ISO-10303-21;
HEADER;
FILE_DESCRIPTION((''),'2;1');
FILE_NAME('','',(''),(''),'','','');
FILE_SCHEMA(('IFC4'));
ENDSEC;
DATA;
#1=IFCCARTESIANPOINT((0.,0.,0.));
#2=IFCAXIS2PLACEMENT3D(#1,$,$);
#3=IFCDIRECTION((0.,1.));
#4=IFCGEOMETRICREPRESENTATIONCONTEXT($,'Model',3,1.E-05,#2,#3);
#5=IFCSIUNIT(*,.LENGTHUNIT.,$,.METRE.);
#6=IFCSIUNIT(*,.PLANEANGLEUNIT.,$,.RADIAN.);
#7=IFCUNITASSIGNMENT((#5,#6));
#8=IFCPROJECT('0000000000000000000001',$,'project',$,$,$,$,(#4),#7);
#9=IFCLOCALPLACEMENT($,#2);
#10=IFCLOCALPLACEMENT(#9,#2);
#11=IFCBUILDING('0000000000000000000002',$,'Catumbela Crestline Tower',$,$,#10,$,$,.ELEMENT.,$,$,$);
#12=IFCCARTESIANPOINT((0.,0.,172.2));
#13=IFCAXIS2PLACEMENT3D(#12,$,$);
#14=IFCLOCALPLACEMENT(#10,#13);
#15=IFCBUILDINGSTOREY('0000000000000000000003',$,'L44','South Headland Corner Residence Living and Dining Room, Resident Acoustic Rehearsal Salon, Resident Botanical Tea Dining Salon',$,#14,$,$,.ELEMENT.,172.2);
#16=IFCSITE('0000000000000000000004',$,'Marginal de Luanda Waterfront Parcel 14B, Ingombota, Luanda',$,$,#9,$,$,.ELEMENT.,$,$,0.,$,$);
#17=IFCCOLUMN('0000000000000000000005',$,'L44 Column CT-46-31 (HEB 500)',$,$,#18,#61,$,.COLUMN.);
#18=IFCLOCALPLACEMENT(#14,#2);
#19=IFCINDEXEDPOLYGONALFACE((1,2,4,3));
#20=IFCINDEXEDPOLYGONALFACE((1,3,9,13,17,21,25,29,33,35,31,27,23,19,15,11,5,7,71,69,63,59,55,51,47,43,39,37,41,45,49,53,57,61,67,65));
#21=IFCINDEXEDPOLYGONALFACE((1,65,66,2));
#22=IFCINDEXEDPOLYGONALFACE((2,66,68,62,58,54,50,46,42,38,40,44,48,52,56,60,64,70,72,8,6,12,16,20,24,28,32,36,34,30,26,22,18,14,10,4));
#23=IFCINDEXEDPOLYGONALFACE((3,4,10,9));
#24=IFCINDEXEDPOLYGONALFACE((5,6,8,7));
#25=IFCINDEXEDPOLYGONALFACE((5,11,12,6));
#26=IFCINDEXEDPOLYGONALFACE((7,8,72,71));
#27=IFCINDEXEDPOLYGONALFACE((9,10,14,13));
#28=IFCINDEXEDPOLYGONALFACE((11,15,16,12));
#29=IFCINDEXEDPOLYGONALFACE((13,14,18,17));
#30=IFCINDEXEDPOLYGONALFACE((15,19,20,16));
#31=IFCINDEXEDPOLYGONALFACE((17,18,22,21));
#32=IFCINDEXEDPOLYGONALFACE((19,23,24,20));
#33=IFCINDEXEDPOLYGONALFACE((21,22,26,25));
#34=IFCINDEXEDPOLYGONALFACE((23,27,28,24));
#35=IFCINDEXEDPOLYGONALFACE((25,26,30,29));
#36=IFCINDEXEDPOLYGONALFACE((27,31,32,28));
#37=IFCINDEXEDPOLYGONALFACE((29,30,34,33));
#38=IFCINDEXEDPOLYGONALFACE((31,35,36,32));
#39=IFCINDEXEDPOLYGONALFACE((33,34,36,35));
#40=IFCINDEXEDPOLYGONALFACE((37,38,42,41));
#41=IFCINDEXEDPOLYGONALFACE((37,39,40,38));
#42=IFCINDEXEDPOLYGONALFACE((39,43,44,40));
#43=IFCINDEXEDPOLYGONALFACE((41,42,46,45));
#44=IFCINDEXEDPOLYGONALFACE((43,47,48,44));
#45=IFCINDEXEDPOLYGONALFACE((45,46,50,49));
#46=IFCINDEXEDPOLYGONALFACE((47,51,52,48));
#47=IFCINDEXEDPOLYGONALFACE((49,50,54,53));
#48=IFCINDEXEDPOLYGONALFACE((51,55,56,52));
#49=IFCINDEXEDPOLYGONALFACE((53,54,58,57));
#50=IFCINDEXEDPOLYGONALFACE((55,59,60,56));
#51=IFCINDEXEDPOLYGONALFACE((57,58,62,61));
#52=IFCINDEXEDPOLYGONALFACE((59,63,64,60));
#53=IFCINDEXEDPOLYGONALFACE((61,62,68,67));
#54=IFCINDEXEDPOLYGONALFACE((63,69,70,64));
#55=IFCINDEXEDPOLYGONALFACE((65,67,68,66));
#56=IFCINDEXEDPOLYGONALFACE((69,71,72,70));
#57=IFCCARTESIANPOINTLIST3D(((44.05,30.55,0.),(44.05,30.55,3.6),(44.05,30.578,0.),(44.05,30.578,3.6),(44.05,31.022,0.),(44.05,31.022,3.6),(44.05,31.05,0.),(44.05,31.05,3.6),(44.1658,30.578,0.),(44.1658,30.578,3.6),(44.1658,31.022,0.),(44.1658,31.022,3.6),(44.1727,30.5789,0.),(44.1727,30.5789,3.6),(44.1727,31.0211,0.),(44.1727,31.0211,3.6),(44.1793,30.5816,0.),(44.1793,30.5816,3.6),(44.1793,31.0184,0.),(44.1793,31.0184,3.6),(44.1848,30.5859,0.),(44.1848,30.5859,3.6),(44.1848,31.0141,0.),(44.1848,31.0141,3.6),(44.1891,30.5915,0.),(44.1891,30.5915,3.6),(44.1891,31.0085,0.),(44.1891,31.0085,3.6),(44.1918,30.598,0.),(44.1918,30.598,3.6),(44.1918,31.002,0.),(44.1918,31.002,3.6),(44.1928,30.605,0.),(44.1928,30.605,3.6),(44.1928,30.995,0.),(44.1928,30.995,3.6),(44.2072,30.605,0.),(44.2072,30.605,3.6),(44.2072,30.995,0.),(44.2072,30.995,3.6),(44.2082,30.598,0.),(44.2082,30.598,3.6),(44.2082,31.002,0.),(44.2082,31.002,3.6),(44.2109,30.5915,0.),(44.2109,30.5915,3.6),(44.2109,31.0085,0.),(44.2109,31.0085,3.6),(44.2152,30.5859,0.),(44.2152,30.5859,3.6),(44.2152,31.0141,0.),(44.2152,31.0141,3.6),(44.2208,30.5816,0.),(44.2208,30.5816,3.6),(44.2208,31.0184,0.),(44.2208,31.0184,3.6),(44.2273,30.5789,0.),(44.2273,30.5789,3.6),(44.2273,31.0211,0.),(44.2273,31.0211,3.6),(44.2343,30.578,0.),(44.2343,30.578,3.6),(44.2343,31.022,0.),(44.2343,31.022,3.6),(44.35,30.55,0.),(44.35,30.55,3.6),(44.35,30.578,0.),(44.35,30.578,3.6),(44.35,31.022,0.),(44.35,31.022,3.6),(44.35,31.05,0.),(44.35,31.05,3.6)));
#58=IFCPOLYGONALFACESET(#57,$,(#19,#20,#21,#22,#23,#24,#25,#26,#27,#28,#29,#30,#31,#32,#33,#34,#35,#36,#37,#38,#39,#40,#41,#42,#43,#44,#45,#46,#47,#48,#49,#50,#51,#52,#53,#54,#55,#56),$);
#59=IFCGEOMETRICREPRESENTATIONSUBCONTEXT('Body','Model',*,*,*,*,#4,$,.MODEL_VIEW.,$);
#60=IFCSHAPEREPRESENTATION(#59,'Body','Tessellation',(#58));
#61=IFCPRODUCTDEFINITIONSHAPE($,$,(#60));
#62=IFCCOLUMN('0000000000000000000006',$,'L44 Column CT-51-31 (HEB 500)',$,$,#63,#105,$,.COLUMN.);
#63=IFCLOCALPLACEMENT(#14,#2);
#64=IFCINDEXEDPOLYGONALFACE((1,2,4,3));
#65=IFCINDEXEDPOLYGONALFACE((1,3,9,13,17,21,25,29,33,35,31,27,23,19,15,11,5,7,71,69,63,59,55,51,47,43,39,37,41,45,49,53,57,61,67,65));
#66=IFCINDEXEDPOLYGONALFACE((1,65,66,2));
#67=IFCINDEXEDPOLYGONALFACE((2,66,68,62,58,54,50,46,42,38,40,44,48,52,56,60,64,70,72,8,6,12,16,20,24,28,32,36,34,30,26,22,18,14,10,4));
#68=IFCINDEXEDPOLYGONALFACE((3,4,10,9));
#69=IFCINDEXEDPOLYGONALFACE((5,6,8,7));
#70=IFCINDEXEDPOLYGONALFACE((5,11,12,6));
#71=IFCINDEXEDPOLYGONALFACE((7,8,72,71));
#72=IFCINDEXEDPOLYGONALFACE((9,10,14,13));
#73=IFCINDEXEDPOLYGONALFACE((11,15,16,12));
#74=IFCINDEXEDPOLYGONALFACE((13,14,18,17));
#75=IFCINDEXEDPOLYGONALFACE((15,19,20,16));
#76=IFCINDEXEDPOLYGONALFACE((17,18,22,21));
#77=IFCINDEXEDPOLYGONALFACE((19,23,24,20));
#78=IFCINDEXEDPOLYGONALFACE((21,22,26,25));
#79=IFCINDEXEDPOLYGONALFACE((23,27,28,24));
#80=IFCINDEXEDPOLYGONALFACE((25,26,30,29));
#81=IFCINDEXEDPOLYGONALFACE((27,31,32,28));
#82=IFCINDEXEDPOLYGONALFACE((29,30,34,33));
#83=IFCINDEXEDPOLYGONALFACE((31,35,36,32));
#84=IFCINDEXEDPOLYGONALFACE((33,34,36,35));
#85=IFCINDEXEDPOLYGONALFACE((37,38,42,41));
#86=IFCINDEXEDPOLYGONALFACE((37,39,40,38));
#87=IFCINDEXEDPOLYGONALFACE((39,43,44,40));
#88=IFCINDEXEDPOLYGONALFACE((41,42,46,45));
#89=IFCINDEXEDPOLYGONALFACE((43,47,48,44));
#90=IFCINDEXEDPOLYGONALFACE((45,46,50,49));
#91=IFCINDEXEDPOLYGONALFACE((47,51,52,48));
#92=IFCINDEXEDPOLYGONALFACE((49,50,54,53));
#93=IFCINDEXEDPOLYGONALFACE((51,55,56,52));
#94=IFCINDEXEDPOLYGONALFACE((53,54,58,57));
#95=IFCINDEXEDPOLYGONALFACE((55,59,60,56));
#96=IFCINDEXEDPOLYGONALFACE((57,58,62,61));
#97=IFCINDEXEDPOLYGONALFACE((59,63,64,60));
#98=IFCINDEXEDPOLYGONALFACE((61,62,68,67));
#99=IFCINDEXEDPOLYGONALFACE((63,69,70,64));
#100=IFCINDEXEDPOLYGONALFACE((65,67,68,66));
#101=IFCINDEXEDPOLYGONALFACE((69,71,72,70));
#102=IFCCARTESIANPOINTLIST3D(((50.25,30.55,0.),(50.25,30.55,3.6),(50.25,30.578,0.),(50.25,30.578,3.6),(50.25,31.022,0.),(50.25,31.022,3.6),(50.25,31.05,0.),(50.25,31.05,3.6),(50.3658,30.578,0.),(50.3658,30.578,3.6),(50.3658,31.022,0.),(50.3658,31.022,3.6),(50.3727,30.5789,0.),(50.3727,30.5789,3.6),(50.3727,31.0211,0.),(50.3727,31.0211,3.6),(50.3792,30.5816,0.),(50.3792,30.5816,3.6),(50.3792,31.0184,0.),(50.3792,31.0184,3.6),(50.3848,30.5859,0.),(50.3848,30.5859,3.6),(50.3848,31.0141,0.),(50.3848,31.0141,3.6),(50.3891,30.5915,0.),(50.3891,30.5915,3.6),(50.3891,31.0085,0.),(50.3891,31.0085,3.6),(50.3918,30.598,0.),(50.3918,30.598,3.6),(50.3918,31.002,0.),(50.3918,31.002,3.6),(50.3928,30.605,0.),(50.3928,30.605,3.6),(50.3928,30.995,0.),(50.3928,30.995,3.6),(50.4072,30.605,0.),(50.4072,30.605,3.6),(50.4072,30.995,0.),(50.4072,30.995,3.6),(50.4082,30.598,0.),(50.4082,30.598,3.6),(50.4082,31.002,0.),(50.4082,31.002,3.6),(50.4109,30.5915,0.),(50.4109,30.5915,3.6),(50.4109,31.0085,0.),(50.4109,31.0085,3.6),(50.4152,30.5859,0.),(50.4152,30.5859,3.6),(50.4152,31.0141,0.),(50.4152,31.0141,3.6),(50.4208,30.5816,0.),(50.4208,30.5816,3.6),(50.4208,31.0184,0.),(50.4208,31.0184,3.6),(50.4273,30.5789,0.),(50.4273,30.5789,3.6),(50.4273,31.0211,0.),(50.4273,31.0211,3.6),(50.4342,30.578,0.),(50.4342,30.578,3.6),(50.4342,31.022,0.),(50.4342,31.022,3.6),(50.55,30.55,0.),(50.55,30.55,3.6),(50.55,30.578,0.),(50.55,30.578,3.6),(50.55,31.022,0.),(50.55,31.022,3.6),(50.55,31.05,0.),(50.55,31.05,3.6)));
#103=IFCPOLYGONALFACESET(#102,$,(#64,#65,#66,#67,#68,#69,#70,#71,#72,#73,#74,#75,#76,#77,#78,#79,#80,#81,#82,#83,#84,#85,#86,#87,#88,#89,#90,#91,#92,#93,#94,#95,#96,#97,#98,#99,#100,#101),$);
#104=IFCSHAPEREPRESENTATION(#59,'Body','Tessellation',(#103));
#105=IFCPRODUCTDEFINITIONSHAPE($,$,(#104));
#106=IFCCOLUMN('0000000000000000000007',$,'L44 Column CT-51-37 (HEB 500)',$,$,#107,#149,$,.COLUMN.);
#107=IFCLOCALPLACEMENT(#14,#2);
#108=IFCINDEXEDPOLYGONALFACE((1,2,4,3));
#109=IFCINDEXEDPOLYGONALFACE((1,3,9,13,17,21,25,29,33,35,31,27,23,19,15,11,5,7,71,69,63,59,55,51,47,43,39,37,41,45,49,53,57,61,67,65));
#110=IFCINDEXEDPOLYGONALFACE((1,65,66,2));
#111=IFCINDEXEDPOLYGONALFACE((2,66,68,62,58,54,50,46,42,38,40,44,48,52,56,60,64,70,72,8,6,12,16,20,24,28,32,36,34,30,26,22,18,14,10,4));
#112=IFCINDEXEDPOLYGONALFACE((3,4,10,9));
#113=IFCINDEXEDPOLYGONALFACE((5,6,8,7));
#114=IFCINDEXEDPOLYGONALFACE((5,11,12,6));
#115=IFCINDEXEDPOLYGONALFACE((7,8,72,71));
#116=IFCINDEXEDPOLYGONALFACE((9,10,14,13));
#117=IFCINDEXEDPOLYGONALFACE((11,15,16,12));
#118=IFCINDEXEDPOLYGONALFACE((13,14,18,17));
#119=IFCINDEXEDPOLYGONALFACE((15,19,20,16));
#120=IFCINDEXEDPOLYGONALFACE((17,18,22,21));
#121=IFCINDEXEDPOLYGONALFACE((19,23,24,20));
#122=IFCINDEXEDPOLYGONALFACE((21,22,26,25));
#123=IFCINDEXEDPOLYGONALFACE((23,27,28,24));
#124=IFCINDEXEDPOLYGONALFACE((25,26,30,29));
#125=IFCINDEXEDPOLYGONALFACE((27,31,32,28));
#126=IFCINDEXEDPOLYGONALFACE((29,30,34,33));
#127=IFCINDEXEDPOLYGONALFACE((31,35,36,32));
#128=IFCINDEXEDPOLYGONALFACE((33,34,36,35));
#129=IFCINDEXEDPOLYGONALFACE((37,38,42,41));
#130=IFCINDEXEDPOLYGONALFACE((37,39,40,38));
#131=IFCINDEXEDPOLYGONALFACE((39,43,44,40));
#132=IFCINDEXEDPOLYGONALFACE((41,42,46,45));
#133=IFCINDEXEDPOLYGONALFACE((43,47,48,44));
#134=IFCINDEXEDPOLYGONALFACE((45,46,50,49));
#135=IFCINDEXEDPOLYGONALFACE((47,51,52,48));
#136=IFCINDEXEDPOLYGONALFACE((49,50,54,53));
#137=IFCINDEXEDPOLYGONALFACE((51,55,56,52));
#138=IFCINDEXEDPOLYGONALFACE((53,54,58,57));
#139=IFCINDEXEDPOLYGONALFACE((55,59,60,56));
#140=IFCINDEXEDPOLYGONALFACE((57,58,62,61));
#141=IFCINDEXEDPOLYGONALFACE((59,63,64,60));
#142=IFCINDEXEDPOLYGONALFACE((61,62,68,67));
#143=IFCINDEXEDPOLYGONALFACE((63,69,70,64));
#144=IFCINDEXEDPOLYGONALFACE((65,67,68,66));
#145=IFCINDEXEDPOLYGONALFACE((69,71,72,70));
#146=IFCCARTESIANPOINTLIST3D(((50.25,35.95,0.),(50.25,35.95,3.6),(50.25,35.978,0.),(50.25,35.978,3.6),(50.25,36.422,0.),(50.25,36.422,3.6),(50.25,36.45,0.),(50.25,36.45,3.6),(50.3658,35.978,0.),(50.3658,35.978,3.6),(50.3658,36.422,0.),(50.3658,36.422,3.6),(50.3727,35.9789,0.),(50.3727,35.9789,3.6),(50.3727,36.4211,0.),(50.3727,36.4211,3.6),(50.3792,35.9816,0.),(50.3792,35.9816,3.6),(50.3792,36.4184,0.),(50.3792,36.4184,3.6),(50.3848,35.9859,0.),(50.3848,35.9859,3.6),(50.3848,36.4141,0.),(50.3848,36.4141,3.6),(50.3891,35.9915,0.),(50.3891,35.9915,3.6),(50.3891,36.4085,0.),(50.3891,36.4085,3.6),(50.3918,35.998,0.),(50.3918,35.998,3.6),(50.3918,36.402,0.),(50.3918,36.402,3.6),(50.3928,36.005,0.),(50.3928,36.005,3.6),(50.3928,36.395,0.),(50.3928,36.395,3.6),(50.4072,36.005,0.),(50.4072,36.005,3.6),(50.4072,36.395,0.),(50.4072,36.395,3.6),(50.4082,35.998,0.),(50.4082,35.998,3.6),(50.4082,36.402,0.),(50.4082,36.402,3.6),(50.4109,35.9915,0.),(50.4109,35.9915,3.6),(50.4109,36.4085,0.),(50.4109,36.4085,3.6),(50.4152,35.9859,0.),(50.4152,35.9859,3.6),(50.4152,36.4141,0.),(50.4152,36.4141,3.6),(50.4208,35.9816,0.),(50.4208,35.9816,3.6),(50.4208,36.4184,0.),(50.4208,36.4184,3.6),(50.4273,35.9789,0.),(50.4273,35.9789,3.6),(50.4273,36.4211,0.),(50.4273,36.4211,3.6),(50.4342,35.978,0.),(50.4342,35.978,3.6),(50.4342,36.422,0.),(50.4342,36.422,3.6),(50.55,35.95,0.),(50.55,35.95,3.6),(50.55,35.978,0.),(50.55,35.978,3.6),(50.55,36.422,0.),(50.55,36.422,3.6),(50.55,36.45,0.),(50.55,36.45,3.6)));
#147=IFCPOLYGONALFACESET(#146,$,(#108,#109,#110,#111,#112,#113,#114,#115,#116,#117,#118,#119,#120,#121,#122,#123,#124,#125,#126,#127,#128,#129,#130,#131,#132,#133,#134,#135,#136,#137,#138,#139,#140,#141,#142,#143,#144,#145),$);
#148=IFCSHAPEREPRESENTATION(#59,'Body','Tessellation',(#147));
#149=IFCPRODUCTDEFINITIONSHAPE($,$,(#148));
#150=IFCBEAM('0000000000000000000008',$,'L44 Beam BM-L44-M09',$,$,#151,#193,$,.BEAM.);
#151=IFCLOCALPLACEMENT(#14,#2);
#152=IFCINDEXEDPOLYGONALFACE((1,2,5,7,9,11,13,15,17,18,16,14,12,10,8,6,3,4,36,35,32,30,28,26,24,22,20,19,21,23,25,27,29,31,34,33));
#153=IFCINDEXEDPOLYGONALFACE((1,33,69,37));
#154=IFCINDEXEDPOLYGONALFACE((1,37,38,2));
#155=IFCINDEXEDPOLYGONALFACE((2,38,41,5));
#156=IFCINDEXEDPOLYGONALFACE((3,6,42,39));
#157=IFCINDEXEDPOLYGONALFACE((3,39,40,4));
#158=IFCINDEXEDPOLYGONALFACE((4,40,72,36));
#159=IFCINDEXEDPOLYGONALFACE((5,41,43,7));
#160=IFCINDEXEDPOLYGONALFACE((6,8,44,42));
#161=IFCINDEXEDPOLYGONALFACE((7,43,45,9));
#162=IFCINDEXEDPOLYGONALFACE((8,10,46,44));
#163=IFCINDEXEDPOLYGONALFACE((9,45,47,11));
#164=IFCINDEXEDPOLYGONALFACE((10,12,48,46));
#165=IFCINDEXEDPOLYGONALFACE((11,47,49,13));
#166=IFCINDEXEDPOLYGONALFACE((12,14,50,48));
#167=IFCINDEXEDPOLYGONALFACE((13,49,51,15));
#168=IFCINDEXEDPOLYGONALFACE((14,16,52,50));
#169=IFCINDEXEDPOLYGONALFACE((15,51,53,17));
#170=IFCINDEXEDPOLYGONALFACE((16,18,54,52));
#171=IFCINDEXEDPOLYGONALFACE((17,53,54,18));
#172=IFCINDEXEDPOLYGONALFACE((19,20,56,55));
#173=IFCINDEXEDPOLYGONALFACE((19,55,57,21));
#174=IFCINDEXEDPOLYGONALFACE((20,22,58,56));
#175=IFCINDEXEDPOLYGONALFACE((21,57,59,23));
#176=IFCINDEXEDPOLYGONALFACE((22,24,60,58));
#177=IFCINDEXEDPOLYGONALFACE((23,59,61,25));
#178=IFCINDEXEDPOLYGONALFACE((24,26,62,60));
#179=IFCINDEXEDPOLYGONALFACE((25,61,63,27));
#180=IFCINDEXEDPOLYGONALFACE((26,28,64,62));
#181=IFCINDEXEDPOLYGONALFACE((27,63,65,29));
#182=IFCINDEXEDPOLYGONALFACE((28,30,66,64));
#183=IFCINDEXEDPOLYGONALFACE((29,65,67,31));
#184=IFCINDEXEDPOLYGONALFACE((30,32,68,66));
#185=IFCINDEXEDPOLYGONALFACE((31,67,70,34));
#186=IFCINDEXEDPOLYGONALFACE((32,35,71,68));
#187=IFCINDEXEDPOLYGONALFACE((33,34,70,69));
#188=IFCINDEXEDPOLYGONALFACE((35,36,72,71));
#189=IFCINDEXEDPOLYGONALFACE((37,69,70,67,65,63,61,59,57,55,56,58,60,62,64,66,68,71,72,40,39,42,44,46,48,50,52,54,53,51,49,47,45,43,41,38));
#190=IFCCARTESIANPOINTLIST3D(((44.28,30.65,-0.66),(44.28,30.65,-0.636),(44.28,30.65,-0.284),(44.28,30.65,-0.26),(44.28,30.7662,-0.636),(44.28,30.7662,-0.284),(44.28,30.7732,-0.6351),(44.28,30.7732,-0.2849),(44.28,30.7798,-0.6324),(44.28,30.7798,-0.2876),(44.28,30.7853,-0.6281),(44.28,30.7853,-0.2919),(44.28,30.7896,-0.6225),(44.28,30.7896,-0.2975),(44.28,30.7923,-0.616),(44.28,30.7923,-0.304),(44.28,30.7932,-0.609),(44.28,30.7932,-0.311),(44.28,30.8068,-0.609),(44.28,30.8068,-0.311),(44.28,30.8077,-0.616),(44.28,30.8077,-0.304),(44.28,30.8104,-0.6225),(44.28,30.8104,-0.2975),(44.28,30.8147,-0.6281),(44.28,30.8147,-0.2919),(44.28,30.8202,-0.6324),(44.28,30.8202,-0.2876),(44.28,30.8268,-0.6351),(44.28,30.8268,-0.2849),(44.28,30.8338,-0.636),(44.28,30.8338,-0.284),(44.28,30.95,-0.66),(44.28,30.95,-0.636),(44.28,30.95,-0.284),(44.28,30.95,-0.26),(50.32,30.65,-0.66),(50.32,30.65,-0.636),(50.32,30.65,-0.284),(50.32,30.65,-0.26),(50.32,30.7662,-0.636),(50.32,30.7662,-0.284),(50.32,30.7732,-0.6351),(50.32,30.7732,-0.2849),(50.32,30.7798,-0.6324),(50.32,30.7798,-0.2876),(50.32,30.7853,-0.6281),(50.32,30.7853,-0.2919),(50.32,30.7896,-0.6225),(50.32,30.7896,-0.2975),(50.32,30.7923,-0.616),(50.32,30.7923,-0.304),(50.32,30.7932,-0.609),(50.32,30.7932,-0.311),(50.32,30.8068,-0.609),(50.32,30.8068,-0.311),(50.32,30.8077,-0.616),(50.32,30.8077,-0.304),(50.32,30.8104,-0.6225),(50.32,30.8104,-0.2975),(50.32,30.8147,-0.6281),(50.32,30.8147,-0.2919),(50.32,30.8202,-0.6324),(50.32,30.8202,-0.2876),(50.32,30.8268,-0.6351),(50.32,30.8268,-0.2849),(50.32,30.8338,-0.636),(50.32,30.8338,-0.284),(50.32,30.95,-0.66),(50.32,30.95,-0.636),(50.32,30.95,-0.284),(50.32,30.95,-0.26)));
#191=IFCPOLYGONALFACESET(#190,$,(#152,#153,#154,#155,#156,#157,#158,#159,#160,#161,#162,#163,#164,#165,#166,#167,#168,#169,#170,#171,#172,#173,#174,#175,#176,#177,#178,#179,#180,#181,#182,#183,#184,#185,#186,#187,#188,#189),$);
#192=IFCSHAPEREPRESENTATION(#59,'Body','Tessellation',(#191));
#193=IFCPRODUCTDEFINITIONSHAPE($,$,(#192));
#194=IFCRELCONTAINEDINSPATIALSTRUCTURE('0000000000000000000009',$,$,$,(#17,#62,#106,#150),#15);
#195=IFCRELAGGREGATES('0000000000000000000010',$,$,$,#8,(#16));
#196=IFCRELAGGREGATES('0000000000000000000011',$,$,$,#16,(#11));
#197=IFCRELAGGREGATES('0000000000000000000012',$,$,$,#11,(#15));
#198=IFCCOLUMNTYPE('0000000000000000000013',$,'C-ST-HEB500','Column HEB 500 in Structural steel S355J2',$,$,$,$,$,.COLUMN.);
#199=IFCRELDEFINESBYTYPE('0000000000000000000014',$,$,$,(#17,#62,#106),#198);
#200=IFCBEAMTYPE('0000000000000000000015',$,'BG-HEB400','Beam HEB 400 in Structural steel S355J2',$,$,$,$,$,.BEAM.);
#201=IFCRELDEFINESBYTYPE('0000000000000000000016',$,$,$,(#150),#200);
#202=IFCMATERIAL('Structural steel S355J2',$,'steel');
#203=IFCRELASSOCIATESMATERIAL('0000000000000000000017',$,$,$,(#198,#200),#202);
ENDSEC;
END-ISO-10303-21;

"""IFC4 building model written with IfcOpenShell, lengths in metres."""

from ifc_helpers import new_model, si_unit, direction, frame, origin, origin_2d, place, context, subcontext, project, spatial, i_section, extrude, material, material_profile, profile_set, type_object, element, save


model = new_model("IFC4")

# Units and contexts
model_context = context("Model", 3, precision=1e-05, world=origin(), true_north=direction((0.0, 1.0)))
body_context = subcontext(model_context, "Body", "Model", "MODEL_VIEW")
ifc_project = project(units=[si_unit("LENGTHUNIT", "METRE"), si_unit("PLANEANGLEUNIT", "RADIAN")], contexts=[model_context])

# Site, building, storey
site_placement = place(None, origin())
site = spatial("IfcSite", under=ifc_project, at=site_placement, Name="Marginal de Luanda Waterfront Parcel 14B, Ingombota, Luanda", CompositionType="ELEMENT", RefElevation=0.0)
building_placement = place(site_placement, origin())
building = spatial("IfcBuilding", under=site, at=building_placement, Name="Catumbela Crestline Tower", CompositionType="ELEMENT")
storey_placement = place(building_placement, frame((0.0, 0.0, 172.2)))
storey = spatial("IfcBuildingStorey", under=building, at=storey_placement, Name="L44", Description="South Headland Corner Residence Living and Dining Room, Resident Acoustic Rehearsal Salon, Resident Botanical Tea Dining Salon", CompositionType="ELEMENT", Elevation=172.2)

# Columns
ifc_material_1 = material(Name="Structural steel S355J2", Category="steel")
ifc_material_profile_1 = material_profile(ifc_material_1, i_section(OverallWidth=0.3, OverallDepth=0.5, WebThickness=0.0145, FlangeThickness=0.028, FilletRadius=0.027, at=origin_2d()), Name="HEB 500")
ifc_profile_set_1 = profile_set([ifc_material_profile_1], Name="Structural steel S355J2")
column_type = type_object("IfcColumnType", Name="C-ST-HEB500", Description="Column HEB 500 in Structural steel S355J2", PredefinedType="COLUMN", material=ifc_profile_set_1)
for number, where, z_axis, x_axis, name in (
    (1, (44.2, 30.8, 0.0), (0.0, 0.0, 1.0), (1.0, 0.0, 0.0), "L44 Column CT-46-31 (HEB 500)"),
    (2, (50.4, 30.8, 0.0), (0.0, 0.0, 1.0), (1.0, 0.0, 0.0), "L44 Column CT-51-31 (HEB 500)"),
    (3, (50.4, 36.2, 0.0), (0.0, 0.0, 1.0), (1.0, 0.0, 0.0), "L44 Column CT-51-37 (HEB 500)"),
):
    element("IfcColumn", number, at=place(storey_placement, frame(where, z_axis=z_axis, x_axis=x_axis)), inside=storey, type_object=column_type, Name=name, PredefinedType="COLUMN", context=body_context, shape_type="SweptSolid", body=[
        extrude(i_section(OverallWidth=0.3, OverallDepth=0.5, WebThickness=0.0145, FlangeThickness=0.028, FilletRadius=0.027, at=origin_2d()), origin(), (0.0, 0.0, 1.0), 3.6),
    ])

# Beam
ifc_material_profile_2 = material_profile(ifc_material_1, i_section(OverallWidth=0.3, OverallDepth=0.4, WebThickness=0.0135, FlangeThickness=0.024, FilletRadius=0.027, at=origin_2d()), Name="HEB 400")
ifc_profile_set_2 = profile_set([ifc_material_profile_2], Name="Structural steel S355J2")
beam_type_1 = type_object("IfcBeamType", Name="BG-HEB400", Description="Beam HEB 400 in Structural steel S355J2", PredefinedType="BEAM", material=ifc_profile_set_2)
beam_1_placement = place(storey_placement, frame((44.28, 30.8, -0.46), z_axis=(1.0, 0.0, 0.0), x_axis=(0.0, 1.0, 0.0)))
element("IfcBeam", 4, at=beam_1_placement, inside=storey, type_object=beam_type_1, Name="L44 Beam BM-L44-M09", PredefinedType="BEAM", context=body_context, shape_type="SweptSolid", body=[
    extrude(i_section(OverallWidth=0.3, OverallDepth=0.4, WebThickness=0.0135, FlangeThickness=0.024, FilletRadius=0.027, at=origin_2d()), origin(), (0.0, 0.0, 1.0), 6.04),
])

save(model, "model.ifc")
